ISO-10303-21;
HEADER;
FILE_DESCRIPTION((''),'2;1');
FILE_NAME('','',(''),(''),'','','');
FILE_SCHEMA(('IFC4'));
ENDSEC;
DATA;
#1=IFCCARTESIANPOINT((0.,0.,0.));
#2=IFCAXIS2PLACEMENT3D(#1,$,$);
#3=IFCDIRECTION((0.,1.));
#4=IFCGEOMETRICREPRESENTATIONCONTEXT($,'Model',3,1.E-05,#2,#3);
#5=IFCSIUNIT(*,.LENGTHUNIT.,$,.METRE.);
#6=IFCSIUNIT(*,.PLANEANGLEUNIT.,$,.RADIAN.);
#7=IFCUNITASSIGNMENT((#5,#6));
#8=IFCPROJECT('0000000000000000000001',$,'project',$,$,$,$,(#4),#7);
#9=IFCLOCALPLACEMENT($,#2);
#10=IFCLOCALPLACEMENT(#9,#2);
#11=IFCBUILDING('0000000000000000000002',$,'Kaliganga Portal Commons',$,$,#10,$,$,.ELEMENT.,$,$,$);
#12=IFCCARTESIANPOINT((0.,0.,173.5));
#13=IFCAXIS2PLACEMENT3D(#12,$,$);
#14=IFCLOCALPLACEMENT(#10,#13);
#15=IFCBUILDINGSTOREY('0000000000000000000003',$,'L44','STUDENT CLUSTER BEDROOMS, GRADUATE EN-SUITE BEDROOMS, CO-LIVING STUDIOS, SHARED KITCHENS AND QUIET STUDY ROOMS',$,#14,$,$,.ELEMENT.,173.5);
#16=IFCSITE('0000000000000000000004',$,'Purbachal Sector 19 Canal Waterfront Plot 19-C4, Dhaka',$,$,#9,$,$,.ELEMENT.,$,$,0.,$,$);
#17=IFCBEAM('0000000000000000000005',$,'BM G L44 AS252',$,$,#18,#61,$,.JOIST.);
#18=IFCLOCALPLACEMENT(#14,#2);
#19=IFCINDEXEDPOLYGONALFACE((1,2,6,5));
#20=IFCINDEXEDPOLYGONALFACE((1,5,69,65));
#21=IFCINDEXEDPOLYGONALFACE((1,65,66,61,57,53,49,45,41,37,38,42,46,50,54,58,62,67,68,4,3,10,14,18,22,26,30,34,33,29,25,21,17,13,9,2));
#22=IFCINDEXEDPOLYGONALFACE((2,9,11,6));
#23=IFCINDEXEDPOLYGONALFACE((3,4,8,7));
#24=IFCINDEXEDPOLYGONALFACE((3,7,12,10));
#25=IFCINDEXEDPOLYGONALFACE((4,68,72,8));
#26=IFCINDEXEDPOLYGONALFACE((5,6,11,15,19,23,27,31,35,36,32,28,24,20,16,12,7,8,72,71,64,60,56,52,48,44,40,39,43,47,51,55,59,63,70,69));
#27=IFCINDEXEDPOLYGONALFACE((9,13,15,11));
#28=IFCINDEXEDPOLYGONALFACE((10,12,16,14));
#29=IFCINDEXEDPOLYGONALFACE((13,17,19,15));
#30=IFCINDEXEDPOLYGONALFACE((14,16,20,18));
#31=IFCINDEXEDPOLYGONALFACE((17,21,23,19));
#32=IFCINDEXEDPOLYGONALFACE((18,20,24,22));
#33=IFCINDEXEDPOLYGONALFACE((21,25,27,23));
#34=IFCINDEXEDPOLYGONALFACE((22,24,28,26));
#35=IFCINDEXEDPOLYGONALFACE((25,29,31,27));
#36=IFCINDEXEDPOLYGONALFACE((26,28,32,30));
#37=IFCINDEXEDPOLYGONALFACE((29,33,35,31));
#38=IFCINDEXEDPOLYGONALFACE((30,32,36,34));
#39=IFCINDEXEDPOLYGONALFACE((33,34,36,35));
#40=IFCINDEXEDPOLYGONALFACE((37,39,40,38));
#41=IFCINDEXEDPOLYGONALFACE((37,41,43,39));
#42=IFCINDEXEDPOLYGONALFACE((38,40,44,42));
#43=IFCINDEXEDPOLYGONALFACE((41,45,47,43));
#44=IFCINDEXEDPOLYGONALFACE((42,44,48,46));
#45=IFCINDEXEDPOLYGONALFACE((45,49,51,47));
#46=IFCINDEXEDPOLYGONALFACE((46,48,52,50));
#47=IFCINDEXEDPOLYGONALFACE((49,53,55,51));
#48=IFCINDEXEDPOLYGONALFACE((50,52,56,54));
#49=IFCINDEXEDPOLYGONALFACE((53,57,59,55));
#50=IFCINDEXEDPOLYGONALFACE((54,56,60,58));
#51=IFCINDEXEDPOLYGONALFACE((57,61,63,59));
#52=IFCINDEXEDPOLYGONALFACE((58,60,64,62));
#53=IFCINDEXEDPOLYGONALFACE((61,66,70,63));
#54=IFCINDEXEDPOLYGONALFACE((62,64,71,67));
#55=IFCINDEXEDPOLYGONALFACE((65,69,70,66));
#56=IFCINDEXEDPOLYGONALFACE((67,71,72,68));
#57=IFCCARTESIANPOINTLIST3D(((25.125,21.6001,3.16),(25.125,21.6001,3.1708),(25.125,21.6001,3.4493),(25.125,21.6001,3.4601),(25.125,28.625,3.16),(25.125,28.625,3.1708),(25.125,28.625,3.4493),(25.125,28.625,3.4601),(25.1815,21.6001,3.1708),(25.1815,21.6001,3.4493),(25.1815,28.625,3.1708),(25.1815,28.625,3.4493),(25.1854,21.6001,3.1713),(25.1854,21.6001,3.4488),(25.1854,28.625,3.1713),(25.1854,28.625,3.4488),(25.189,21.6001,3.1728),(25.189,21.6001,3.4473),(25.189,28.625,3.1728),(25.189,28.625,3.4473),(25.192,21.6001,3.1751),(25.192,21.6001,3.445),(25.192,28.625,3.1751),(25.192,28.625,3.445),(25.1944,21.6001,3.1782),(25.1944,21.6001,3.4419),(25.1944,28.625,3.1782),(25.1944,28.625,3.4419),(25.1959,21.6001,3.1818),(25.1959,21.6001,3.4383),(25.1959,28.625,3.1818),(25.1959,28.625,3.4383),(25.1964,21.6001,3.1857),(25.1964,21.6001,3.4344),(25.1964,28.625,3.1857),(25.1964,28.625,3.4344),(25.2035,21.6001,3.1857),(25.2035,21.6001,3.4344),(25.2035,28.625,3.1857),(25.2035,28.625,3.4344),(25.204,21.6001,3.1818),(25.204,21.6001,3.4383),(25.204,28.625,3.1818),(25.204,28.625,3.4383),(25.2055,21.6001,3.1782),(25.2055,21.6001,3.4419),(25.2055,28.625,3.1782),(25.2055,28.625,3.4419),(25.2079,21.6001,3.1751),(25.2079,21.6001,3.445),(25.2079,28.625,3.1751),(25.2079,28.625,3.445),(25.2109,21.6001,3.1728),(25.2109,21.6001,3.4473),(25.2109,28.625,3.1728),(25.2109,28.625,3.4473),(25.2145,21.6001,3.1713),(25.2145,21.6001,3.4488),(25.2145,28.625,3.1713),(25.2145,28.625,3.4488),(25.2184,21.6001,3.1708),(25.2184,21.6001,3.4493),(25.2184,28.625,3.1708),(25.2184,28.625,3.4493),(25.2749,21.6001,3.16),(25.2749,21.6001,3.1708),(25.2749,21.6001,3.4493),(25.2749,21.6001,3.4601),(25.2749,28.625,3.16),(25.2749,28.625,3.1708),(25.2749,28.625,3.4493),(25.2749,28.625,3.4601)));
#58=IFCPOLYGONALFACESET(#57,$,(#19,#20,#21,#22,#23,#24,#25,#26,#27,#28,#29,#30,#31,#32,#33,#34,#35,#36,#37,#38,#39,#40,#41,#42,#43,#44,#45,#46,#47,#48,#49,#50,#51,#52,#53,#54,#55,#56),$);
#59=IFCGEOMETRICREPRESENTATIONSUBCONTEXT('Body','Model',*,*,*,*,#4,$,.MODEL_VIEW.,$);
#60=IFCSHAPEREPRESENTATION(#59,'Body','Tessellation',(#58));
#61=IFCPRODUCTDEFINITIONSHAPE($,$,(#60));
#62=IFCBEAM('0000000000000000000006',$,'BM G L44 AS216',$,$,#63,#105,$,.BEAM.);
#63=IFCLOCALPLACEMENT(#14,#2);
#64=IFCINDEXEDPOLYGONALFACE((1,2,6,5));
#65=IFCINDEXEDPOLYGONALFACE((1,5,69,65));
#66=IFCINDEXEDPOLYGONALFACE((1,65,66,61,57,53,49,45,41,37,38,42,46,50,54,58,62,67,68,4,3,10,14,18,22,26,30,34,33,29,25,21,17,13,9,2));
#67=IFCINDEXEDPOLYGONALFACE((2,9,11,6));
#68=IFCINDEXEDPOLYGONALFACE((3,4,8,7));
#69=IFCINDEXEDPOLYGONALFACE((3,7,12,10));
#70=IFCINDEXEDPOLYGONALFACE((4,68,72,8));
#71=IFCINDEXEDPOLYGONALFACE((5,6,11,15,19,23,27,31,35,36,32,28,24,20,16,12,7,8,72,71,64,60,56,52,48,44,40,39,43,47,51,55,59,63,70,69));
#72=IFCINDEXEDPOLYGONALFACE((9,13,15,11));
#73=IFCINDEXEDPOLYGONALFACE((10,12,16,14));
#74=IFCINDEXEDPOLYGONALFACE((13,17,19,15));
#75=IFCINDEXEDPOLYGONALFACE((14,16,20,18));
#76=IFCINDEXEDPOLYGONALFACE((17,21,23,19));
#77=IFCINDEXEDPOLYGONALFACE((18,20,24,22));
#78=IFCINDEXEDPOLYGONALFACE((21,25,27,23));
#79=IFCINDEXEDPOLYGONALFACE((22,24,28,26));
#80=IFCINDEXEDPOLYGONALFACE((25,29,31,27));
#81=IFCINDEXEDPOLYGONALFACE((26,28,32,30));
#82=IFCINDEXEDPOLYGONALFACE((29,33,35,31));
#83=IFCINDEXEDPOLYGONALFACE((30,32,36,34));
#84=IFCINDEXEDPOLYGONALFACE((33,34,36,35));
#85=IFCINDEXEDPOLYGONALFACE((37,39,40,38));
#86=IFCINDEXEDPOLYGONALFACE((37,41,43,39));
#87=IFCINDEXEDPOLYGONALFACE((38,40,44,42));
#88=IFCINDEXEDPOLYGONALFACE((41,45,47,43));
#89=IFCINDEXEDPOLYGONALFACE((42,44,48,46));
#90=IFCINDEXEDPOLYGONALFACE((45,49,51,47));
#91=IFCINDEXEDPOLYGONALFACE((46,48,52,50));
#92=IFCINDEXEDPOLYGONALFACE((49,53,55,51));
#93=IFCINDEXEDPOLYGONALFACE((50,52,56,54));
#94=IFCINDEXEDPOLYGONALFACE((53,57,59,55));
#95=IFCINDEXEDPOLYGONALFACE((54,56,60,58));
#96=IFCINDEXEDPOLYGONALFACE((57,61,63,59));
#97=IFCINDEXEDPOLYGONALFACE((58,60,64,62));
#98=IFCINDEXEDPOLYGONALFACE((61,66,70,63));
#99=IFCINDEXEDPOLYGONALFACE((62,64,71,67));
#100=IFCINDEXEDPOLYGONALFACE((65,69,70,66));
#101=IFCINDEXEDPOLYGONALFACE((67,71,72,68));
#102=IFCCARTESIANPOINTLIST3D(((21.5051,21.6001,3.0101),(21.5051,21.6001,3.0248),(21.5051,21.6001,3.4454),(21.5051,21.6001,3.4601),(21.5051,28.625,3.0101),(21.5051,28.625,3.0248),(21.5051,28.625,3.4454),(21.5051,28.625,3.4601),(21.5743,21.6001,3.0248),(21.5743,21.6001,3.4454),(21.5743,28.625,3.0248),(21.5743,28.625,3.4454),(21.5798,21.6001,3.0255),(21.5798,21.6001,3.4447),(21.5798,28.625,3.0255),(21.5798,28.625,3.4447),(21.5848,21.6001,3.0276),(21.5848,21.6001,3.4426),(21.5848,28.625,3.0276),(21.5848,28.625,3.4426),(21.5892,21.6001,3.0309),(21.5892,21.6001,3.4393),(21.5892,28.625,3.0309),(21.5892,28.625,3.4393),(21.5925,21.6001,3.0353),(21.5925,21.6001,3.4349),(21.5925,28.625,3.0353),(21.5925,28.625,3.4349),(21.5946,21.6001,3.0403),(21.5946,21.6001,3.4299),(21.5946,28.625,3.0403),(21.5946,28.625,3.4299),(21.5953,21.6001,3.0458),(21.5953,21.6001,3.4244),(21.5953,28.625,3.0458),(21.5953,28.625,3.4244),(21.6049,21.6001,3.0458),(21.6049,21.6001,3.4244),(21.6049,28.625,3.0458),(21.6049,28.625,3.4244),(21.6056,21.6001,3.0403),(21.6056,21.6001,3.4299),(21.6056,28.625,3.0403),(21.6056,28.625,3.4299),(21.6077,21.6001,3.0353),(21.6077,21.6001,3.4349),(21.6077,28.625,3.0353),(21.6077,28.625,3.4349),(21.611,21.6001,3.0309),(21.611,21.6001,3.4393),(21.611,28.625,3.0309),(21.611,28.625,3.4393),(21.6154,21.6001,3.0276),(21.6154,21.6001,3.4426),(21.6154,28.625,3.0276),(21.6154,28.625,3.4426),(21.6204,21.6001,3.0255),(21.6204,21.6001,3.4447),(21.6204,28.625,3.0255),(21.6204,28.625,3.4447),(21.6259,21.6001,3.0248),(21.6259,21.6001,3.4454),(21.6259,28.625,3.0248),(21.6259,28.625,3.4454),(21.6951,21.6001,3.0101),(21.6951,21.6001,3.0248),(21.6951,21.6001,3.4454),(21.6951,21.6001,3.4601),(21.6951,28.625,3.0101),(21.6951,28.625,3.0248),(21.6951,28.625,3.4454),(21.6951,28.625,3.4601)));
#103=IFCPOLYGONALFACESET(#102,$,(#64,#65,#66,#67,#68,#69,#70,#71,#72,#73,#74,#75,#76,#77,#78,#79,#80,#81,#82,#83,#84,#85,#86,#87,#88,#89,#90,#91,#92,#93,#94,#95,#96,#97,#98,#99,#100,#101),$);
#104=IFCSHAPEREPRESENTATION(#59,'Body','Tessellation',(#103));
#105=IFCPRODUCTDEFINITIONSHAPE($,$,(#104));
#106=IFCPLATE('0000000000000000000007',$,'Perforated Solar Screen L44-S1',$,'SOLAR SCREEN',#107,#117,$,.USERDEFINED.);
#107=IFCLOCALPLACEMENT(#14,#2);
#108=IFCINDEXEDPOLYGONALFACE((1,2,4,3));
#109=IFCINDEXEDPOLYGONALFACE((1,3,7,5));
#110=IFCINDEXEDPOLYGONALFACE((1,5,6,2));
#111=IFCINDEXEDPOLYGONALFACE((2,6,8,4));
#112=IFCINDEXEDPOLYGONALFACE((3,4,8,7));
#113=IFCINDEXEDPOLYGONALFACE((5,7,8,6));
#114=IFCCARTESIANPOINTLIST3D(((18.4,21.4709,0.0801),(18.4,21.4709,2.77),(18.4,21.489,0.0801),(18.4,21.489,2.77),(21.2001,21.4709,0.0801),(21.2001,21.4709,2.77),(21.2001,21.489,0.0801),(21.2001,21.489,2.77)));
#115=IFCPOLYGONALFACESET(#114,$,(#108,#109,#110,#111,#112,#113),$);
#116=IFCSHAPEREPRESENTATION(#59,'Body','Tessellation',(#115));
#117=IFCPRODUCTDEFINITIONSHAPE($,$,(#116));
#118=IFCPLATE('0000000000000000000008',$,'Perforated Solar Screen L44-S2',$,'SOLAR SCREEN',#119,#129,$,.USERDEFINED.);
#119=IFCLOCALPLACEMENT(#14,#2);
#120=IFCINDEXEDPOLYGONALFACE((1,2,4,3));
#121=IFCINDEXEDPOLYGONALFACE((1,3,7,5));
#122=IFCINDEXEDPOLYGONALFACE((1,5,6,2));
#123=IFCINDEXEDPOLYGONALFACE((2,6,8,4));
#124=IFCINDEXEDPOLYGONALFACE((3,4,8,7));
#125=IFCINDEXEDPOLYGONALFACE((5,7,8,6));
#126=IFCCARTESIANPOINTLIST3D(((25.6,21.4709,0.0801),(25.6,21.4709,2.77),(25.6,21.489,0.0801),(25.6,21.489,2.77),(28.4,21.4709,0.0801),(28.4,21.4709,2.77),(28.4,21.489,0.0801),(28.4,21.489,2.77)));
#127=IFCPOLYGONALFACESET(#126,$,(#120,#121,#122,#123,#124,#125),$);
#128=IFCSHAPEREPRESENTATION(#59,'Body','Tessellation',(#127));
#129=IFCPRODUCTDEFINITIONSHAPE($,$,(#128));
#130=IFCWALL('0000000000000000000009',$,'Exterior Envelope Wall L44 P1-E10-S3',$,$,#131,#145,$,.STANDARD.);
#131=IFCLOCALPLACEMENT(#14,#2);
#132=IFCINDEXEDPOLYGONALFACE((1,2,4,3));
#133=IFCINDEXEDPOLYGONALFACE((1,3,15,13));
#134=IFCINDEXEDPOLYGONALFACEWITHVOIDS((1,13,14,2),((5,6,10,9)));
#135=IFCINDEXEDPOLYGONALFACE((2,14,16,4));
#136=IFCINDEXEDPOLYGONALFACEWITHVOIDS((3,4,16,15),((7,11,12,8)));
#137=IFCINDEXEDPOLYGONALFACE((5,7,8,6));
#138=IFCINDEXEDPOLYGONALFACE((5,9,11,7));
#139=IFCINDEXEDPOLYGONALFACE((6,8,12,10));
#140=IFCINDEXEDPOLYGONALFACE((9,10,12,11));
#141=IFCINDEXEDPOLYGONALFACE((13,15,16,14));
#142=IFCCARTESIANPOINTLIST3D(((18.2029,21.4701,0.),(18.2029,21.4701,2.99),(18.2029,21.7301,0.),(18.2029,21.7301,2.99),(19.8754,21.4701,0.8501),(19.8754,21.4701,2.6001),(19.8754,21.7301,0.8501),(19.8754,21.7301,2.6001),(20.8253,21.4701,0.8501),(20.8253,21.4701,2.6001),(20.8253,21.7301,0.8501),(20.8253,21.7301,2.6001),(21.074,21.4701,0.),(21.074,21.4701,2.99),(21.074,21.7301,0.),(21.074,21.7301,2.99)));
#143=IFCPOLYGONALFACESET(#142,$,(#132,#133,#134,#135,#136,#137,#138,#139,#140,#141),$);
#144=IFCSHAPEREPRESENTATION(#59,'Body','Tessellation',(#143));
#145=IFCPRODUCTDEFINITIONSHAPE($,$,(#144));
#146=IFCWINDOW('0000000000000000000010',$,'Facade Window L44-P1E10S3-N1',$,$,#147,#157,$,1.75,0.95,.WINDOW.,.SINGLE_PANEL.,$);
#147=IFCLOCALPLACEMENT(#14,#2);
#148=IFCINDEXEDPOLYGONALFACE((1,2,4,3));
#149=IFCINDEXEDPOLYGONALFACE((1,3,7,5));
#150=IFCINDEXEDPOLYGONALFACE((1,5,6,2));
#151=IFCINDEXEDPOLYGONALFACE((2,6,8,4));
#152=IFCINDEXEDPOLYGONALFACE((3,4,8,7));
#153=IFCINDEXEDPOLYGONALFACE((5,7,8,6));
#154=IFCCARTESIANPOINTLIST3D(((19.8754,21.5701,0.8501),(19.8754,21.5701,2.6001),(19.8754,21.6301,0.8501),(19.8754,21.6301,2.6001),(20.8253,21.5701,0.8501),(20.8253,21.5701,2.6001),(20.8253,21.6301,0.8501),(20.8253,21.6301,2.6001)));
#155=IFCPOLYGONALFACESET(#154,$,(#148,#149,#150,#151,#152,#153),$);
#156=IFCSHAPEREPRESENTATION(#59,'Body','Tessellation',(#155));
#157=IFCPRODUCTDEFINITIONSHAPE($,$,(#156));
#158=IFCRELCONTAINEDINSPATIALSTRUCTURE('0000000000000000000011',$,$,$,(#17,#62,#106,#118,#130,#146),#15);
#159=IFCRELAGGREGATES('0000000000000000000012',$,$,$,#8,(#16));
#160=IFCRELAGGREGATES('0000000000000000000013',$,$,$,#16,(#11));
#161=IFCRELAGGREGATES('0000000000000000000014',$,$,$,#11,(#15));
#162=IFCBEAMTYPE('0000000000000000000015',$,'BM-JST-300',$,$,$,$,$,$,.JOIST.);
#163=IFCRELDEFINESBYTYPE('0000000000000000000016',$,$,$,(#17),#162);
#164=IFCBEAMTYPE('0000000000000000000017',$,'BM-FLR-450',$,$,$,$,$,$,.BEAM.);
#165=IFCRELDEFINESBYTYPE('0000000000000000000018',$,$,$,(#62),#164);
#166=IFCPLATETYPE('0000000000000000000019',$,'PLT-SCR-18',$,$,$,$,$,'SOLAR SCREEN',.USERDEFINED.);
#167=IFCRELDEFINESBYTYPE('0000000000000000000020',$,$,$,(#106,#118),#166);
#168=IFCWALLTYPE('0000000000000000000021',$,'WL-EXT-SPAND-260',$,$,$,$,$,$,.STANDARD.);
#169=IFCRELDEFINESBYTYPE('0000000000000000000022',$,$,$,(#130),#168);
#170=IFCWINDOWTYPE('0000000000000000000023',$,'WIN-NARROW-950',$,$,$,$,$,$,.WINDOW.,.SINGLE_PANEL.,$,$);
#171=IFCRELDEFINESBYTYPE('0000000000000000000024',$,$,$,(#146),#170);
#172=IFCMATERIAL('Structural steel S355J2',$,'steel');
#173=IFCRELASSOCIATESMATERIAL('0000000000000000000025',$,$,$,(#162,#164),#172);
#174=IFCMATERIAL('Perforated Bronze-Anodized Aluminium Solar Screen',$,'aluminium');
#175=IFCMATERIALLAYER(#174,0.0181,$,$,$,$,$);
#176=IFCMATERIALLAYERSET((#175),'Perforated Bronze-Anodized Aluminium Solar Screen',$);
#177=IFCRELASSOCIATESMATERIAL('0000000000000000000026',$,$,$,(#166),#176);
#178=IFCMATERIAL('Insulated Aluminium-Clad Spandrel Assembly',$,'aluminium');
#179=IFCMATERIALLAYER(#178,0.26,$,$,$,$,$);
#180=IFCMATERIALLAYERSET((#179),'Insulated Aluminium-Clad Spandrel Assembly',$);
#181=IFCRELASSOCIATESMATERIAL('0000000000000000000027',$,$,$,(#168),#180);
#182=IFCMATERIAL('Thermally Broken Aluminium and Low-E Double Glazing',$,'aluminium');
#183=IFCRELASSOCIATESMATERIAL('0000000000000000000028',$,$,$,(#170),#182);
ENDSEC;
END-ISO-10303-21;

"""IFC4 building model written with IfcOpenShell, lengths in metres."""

from ifc_helpers import new_model, si_unit, direction, frame, frame_2d, origin, origin_2d, place, context, subcontext, project, spatial, rectangle, i_section, extrude, source, transform, mapped, material, layer, layer_set, material_profile, profile_set, type_object, element, fill, save


model = new_model("IFC4")

# Units and contexts
model_context = context("Model", 3, precision=1e-05, world=origin(), true_north=direction((0.0, 1.0)))
body_context = subcontext(model_context, "Body", "Model", "MODEL_VIEW")
ifc_project = project(units=[si_unit("LENGTHUNIT", "METRE"), si_unit("PLANEANGLEUNIT", "RADIAN")], contexts=[model_context])

# Site, building, storey
site_placement = place(None, origin())
site = spatial("IfcSite", under=ifc_project, at=site_placement, Name="Purbachal Sector 19 Canal Waterfront Plot 19-C4, Dhaka", CompositionType="ELEMENT", RefElevation=0.0)
building_placement = place(site_placement, origin())
building = spatial("IfcBuilding", under=site, at=building_placement, Name="Kaliganga Portal Commons", CompositionType="ELEMENT")
storey_placement = place(building_placement, frame((0.0, 0.0, 173.5)))
storey = spatial("IfcBuildingStorey", under=building, at=storey_placement, Name="L44", Description="STUDENT CLUSTER BEDROOMS, GRADUATE EN-SUITE BEDROOMS, CO-LIVING STUDIOS, SHARED KITCHENS AND QUIET STUDY ROOMS", CompositionType="ELEMENT", Elevation=173.5)

# Beams
ifc_material_1 = material(Name="Structural steel S355J2", Category="steel")
ifc_material_profile_1 = material_profile(ifc_material_1, i_section(OverallWidth=0.1499, OverallDepth=0.3, WebThickness=0.0071, FlangeThickness=0.0107, FilletRadius=0.0149, at=origin_2d()), Name="IPE 300")
ifc_profile_set_1 = profile_set([ifc_material_profile_1], Name="Structural steel S355J2 wide-flange")
beam_type_1 = type_object("IfcBeamType", Name="BM-JST-300", PredefinedType="JOIST", material=ifc_profile_set_1)
shared_shape_1 = source(origin(), body_context, "Body", "SweptSolid", [
    extrude(i_section(OverallWidth=0.1499, OverallDepth=0.3, WebThickness=0.0071, FlangeThickness=0.0107, FilletRadius=0.0149, at=origin_2d()), origin(), (0.0, 0.0, 1.0), 7.0249),
])
beam_1_placement = place(storey_placement, frame((25.2, 21.6001, 3.3101), z_axis=(0.0, 1.0, 0.0), x_axis=(-1.0, 0.0, 0.0)))
element("IfcBeam", 1, at=beam_1_placement, inside=storey, type_object=beam_type_1, Name="BM G L44 AS252", PredefinedType="JOIST", context=body_context, shape_type="MappedRepresentation", body=[
    mapped(shared_shape_1, transform((0.0, 0.0, 0.0), x_axis=(1.0, 0.0, 0.0), y_axis=(0.0, 1.0, 0.0), z_axis=(0.0, 0.0, 1.0), scale=1.0)),
])
ifc_material_profile_2 = material_profile(ifc_material_1, i_section(OverallWidth=0.1899, OverallDepth=0.45, WebThickness=0.0095, FlangeThickness=0.0146, FilletRadius=0.021, at=origin_2d()), Name="IPE 450")
ifc_profile_set_2 = profile_set([ifc_material_profile_2], Name="Structural steel S355J2 wide-flange")
beam_type_2 = type_object("IfcBeamType", Name="BM-FLR-450", PredefinedType="BEAM", material=ifc_profile_set_2)
shared_shape_2 = source(origin(), body_context, "Body", "SweptSolid", [
    extrude(i_section(OverallWidth=0.1899, OverallDepth=0.45, WebThickness=0.0095, FlangeThickness=0.0146, FilletRadius=0.021, at=origin_2d()), origin(), (0.0, 0.0, 1.0), 7.0249),
])
beam_2_placement = place(storey_placement, frame((21.6001, 21.6001, 3.2351), z_axis=(0.0, 1.0, 0.0), x_axis=(-1.0, 0.0, 0.0)))
element("IfcBeam", 2, at=beam_2_placement, inside=storey, type_object=beam_type_2, Name="BM G L44 AS216", PredefinedType="BEAM", context=body_context, shape_type="MappedRepresentation", body=[
    mapped(shared_shape_2, transform((0.0, 0.0, 0.0), x_axis=(1.0, 0.0, 0.0), y_axis=(0.0, 1.0, 0.0), z_axis=(0.0, 0.0, 1.0), scale=1.0)),
])

# Plates
ifc_material_2 = material(Name="Perforated Bronze-Anodized Aluminium Solar Screen", Category="aluminium")
ifc_layer_1 = layer(ifc_material_2, 0.0181)
ifc_layer_set_1 = layer_set([ifc_layer_1], Name="Perforated Bronze-Anodized Aluminium Solar Screen")
plate_type = type_object("IfcPlateType", Name="PLT-SCR-18", ElementType="SOLAR SCREEN", PredefinedType="USERDEFINED", material=ifc_layer_set_1)
shared_shape_3 = source(origin(), body_context, "Body", "SweptSolid", [
    extrude(rectangle(XDim=2.8, YDim=0.0181, at=origin_2d()), origin(), (0.0, 0.0, 1.0), 2.6899),
])
for number, where, z_axis, x_axis, name in (
    (3, (19.8, 21.48, 0.0801), (0.0, 0.0, 1.0), (1.0, 0.0, 0.0), "Perforated Solar Screen L44-S1"),
    (4, (27.0, 21.48, 0.0801), (0.0, 0.0, 1.0), (1.0, 0.0, 0.0), "Perforated Solar Screen L44-S2"),
):
    element("IfcPlate", number, at=place(storey_placement, frame(where, z_axis=z_axis, x_axis=x_axis)), inside=storey, type_object=plate_type, Name=name, ObjectType="SOLAR SCREEN", PredefinedType="USERDEFINED", context=body_context, shape_type="MappedRepresentation", body=[
        mapped(shared_shape_3, transform((0.0, 0.0, 0.0), x_axis=(1.0, 0.0, 0.0), y_axis=(0.0, 1.0, 0.0), z_axis=(0.0, 0.0, 1.0), scale=1.0)),
    ])

# Wall, opening, window
ifc_material_3 = material(Name="Insulated Aluminium-Clad Spandrel Assembly", Category="aluminium")
ifc_layer_2 = layer(ifc_material_3, 0.26)
ifc_layer_set_2 = layer_set([ifc_layer_2], Name="Insulated Aluminium-Clad Spandrel Assembly")
wall_type_1 = type_object("IfcWallType", Name="WL-EXT-SPAND-260", PredefinedType="STANDARD", material=ifc_layer_set_2)
wall_1_placement = place(storey_placement, frame((21.074, 21.6001, 0.0), z_axis=(0.0, 0.0, 1.0), x_axis=(-1.0, 0.0, 0.0)))
wall_1 = element("IfcWall", 5, at=wall_1_placement, inside=storey, type_object=wall_type_1, Name="Exterior Envelope Wall L44 P1-E10-S3", PredefinedType="STANDARD", context=body_context, shape_type="SweptSolid", body=[
    extrude(rectangle(XDim=2.8711, YDim=0.26, at=frame_2d((1.4355, 0.0))), origin(), (0.0, 0.0, 1.0), 2.99),
])
opening_1_placement = place(wall_1_placement, frame((0.2485, 0.0, 0.8501)))
opening_1 = element("IfcOpeningElement", 6, at=opening_1_placement, cuts=wall_1, PredefinedType="OPENING", context=body_context, shape_type="SweptSolid", body=[
    extrude(rectangle(XDim=0.95, YDim=1.75, at=frame_2d((0.4751, 0.875))), frame((0.0, 0.1401, 0.0), z_axis=(0.0, -1.0, 0.0), x_axis=(1.0, 0.0, 0.0)), (0.0, 0.0, 1.0), 0.28),
])
ifc_material_4 = material(Name="Thermally Broken Aluminium and Low-E Double Glazing", Category="aluminium")
window_type_1 = type_object("IfcWindowType", Name="WIN-NARROW-950", PartitioningType="SINGLE_PANEL", PredefinedType="WINDOW", material=ifc_material_4)
window_1_placement = place(opening_1_placement, origin())
window_1 = element("IfcWindow", 7, at=window_1_placement, inside=storey, type_object=window_type_1, Name="Facade Window L44-P1E10S3-N1", OverallHeight=1.75, OverallWidth=0.95, PartitioningType="SINGLE_PANEL", PredefinedType="WINDOW", context=body_context, shape_type="SweptSolid", body=[
    extrude(rectangle(XDim=0.95, YDim=1.75, at=frame_2d((0.4751, 0.875))), frame((0.0, 0.03, 0.0), z_axis=(0.0, -1.0, 0.0), x_axis=(1.0, 0.0, 0.0)), (0.0, 0.0, 1.0), 0.0601),
])
fill(opening_1, window_1)

save(model, "model.ifc")
